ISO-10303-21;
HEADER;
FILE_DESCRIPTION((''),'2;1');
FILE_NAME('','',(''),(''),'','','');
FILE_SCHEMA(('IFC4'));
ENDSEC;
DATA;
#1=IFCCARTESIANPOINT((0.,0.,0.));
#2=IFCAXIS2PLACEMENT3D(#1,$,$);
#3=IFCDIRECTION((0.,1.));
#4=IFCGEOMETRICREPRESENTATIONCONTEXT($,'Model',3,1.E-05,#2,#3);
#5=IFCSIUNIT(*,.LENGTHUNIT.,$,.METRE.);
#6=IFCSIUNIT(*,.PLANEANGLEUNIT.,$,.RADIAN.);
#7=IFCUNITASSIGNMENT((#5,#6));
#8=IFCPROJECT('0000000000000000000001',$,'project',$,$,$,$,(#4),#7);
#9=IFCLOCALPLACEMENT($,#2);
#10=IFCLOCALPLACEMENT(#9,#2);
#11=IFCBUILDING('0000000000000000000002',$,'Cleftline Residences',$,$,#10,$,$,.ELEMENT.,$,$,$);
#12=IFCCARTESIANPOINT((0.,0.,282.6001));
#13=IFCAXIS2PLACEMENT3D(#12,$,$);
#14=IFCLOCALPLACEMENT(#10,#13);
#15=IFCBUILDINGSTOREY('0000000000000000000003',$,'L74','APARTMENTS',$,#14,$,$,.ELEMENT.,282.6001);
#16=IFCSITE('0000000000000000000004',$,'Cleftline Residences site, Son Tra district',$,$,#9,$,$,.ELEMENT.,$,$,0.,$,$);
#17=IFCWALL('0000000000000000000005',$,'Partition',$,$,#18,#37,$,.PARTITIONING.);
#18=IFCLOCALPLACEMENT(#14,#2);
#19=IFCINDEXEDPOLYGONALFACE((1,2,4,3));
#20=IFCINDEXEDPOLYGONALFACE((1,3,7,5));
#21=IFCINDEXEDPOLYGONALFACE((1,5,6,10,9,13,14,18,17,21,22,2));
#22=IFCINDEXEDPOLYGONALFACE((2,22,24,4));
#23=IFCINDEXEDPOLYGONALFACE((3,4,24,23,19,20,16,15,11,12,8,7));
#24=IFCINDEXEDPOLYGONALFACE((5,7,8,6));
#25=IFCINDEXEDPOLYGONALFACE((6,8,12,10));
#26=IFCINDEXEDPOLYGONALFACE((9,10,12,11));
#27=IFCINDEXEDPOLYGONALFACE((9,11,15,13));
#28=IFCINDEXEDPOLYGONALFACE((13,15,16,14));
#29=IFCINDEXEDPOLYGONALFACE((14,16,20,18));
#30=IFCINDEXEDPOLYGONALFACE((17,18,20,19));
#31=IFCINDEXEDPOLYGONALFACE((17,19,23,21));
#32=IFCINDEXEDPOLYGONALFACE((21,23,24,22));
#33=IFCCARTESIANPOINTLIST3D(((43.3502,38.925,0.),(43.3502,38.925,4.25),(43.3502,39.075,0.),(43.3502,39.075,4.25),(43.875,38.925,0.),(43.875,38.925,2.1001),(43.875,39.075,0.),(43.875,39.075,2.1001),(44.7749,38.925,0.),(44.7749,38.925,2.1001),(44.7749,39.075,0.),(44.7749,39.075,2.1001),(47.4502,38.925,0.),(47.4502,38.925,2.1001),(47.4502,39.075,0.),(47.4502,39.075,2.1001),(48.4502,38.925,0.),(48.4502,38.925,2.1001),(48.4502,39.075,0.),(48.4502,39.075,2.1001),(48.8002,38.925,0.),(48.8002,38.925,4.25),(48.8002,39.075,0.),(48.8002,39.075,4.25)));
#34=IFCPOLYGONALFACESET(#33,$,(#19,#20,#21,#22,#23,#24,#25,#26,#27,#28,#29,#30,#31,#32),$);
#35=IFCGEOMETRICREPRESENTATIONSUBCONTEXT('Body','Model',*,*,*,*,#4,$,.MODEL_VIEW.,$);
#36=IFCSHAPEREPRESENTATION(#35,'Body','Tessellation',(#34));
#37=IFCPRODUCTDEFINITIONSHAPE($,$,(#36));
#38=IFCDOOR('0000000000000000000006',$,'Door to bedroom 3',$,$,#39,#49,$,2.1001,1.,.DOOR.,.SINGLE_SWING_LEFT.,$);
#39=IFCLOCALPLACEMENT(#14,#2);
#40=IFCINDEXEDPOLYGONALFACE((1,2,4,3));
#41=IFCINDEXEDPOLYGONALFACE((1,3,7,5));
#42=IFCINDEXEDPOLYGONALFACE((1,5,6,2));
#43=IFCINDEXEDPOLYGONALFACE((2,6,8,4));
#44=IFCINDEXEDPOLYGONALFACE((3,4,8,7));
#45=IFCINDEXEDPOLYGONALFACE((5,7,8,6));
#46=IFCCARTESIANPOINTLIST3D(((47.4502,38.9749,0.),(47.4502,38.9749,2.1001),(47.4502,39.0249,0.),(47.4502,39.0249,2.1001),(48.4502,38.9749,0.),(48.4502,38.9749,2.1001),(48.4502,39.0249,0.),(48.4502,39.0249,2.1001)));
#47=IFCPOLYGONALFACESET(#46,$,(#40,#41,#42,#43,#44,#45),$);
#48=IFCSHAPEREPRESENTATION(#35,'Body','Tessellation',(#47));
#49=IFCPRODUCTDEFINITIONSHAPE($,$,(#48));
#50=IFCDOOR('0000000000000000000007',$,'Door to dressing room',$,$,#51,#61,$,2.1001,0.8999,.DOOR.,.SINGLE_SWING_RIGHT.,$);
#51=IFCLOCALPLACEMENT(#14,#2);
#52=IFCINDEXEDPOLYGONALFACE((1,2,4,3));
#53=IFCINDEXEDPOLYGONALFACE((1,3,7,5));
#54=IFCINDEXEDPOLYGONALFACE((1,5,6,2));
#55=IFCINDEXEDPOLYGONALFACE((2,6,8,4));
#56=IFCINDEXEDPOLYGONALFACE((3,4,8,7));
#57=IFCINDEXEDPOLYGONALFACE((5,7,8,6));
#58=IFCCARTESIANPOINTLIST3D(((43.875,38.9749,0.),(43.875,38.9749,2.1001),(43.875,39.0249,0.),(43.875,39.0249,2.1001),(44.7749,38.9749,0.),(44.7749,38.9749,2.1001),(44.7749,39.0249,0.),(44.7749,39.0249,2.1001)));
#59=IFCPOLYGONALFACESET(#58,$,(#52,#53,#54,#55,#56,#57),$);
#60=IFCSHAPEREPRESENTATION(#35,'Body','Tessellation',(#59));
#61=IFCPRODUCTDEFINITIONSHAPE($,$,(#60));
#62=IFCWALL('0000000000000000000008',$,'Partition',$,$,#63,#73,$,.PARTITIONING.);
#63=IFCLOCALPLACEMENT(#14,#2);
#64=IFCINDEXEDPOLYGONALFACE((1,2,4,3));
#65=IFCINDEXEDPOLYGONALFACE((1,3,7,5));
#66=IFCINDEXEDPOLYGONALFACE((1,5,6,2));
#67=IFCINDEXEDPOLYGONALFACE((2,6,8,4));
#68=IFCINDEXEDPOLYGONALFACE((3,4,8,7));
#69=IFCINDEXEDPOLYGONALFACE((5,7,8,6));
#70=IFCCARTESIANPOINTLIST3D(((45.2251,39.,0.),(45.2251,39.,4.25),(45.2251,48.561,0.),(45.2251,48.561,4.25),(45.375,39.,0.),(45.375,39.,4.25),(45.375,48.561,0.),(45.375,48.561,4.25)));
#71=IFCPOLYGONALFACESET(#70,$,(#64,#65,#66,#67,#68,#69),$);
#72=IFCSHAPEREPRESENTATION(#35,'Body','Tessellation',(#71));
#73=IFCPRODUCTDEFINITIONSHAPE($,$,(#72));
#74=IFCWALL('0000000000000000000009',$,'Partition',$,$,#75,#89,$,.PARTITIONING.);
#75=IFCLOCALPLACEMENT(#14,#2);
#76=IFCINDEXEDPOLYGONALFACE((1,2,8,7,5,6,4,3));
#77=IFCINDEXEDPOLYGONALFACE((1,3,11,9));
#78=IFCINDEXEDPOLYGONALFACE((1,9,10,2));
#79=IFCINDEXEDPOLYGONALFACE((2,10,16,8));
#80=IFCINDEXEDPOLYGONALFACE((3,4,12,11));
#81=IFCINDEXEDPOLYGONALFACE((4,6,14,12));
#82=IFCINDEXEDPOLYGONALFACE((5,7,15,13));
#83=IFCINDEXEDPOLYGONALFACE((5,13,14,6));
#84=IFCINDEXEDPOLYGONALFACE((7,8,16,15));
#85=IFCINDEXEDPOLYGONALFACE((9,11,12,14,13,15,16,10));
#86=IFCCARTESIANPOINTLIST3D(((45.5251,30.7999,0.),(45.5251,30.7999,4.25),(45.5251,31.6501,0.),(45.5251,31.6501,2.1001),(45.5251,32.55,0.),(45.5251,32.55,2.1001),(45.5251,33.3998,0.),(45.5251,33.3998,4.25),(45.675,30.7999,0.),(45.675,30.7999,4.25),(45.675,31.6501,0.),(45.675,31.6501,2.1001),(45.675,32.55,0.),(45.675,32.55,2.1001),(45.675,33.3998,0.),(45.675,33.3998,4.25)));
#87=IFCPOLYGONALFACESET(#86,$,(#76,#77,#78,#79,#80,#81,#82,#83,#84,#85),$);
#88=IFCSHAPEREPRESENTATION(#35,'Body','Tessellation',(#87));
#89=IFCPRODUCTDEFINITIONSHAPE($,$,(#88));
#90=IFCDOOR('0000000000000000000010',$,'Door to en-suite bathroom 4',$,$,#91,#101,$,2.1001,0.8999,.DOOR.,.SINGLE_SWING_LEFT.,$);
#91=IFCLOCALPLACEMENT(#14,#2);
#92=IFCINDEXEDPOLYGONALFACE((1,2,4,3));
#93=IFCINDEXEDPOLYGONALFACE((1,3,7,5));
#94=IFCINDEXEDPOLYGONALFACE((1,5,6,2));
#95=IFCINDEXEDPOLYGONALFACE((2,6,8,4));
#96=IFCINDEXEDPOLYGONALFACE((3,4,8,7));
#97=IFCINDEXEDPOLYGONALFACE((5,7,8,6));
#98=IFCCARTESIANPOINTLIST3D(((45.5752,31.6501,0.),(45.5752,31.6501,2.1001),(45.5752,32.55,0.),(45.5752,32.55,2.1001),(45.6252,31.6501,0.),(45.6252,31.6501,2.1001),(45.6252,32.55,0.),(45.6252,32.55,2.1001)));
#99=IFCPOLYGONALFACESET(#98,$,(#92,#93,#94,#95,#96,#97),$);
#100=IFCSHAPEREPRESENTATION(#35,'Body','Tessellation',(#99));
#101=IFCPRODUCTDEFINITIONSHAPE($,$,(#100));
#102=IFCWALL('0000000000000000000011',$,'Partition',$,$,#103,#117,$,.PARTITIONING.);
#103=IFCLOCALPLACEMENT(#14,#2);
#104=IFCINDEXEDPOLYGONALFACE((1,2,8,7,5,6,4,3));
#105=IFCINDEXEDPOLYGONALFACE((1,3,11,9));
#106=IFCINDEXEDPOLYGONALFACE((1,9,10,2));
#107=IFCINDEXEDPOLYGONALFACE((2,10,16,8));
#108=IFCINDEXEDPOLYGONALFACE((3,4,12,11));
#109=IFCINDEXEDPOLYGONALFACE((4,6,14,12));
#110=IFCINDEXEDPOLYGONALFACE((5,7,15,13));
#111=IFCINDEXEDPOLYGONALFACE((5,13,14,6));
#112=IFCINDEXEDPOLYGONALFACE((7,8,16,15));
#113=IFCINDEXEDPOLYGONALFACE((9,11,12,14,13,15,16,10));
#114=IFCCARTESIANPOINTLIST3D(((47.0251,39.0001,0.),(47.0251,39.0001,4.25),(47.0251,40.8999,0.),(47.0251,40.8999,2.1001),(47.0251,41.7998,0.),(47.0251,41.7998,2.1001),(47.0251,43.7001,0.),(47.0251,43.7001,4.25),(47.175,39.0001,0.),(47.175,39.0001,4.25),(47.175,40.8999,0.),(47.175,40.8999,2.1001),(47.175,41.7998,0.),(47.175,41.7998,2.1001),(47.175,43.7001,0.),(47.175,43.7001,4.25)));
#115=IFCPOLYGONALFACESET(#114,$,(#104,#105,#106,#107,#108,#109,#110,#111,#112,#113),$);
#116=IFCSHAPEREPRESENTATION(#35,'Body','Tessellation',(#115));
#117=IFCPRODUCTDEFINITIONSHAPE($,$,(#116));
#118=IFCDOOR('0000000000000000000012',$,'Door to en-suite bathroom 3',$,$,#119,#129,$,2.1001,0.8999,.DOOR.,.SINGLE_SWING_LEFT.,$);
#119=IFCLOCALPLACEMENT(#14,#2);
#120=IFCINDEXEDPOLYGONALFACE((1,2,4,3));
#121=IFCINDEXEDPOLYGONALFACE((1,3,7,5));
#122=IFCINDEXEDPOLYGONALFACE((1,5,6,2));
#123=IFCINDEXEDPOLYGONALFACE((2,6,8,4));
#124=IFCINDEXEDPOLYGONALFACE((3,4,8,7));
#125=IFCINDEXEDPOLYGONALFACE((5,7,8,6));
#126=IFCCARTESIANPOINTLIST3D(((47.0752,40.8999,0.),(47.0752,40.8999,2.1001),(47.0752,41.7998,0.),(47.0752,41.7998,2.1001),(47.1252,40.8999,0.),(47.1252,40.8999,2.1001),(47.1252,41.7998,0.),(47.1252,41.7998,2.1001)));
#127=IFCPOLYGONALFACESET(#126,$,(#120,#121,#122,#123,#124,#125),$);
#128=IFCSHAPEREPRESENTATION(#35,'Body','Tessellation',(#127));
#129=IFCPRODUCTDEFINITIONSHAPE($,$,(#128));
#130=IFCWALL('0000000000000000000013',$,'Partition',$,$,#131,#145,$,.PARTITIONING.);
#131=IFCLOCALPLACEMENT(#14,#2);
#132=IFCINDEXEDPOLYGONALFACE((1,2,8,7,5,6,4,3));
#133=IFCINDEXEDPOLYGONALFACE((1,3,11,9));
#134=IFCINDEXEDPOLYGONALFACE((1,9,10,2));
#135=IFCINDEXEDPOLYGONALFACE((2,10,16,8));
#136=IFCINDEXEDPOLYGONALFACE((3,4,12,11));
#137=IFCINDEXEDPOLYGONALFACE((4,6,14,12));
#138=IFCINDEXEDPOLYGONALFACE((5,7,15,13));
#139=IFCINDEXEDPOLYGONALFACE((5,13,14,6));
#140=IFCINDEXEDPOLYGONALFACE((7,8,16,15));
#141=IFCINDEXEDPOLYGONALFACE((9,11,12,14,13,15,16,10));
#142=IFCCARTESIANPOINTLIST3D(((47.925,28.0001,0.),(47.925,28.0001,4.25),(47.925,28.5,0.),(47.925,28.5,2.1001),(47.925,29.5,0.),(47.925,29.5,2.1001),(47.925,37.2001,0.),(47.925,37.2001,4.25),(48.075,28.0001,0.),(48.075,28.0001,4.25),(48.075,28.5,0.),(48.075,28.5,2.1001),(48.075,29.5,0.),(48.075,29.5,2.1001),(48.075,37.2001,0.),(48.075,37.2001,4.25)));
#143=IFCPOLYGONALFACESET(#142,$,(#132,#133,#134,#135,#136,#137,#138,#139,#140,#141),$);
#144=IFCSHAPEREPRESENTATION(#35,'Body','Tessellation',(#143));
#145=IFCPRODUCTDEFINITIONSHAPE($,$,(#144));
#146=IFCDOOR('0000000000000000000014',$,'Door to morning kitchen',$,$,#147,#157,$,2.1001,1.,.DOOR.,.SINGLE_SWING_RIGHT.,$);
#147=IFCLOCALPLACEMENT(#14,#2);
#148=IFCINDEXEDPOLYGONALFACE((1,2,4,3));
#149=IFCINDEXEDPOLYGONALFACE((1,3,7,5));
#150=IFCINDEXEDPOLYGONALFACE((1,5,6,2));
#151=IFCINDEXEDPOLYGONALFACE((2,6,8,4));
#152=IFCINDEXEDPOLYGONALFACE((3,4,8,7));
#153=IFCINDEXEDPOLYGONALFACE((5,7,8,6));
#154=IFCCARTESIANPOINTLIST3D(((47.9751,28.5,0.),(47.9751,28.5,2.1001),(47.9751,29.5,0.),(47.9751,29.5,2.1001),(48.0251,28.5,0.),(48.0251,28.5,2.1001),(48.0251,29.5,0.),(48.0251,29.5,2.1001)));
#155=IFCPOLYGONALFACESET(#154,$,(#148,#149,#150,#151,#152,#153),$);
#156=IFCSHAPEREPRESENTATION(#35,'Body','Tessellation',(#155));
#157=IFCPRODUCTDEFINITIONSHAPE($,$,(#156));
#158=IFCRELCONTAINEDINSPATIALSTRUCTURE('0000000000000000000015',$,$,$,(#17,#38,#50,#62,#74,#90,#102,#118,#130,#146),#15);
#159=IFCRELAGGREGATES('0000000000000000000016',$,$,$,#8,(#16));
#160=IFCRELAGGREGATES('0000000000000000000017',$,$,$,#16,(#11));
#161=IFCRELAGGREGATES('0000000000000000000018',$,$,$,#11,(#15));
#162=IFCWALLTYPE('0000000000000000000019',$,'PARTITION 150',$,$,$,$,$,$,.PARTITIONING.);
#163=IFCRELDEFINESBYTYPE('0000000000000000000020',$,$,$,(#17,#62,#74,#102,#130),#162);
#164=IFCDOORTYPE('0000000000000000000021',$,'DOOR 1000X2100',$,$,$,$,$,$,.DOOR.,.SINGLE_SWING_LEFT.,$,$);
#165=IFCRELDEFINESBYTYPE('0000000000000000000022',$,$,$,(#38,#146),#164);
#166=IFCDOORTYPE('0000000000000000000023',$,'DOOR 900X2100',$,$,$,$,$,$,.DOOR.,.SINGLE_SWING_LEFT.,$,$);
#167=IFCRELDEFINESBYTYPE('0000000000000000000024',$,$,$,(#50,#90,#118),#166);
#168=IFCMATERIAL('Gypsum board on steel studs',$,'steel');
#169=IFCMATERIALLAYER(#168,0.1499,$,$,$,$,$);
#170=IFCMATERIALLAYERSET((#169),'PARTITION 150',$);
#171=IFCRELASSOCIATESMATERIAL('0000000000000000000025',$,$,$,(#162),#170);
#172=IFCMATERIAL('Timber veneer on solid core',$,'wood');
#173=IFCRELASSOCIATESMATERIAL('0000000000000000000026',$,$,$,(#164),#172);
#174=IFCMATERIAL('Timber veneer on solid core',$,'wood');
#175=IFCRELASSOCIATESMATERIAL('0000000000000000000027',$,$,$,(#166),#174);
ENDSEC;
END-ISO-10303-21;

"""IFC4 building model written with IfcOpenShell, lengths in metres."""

from ifc_helpers import new_model, si_unit, direction, frame, frame_2d, origin, place, context, subcontext, project, spatial, rectangle, extrude, material, layer, layer_set, type_object, element, fill, save


model = new_model("IFC4")

# Units and contexts
model_context = context("Model", 3, precision=1e-05, world=origin(), true_north=direction((0.0, 1.0)))
body_context = subcontext(model_context, "Body", "Model", "MODEL_VIEW")
ifc_project = project(units=[si_unit("LENGTHUNIT", "METRE"), si_unit("PLANEANGLEUNIT", "RADIAN")], contexts=[model_context])

# Site, building, storey
site_placement = place(None, origin())
site = spatial("IfcSite", under=ifc_project, at=site_placement, Name="Cleftline Residences site, Son Tra district", CompositionType="ELEMENT", RefElevation=0.0)
building_placement = place(site_placement, origin())
building = spatial("IfcBuilding", under=site, at=building_placement, Name="Cleftline Residences", CompositionType="ELEMENT")
storey_placement = place(building_placement, frame((0.0, 0.0, 282.6001)))
storey = spatial("IfcBuildingStorey", under=building, at=storey_placement, Name="L74", Description="APARTMENTS", CompositionType="ELEMENT", Elevation=282.6001)

# Shared definitions
ifc_material_1 = material(Name="Gypsum board on steel studs", Category="steel")
ifc_layer_1 = layer(ifc_material_1, 0.1499)
ifc_layer_set_1 = layer_set([ifc_layer_1], Name="PARTITION 150")
wall_type_1 = type_object("IfcWallType", Name="PARTITION 150", PredefinedType="PARTITIONING", material=ifc_layer_set_1)

# Wall, openings, doors
ifc_material_2 = material(Name="Timber veneer on solid core", Category="wood")
door_type_1 = type_object("IfcDoorType", Name="DOOR 1000X2100", OperationType="SINGLE_SWING_LEFT", PredefinedType="DOOR", material=ifc_material_2)
ifc_material_3 = material(Name="Timber veneer on solid core", Category="wood")
door_type_2 = type_object("IfcDoorType", Name="DOOR 900X2100", OperationType="SINGLE_SWING_LEFT", PredefinedType="DOOR", material=ifc_material_3)
wall_1_placement = place(storey_placement, frame((43.3501, 39.0, 0.0), z_axis=(0.0, 0.0, 1.0), x_axis=(1.0, 0.0, 0.0)))
wall_1 = element("IfcWall", 1, at=wall_1_placement, inside=storey, type_object=wall_type_1, Name="Partition", PredefinedType="PARTITIONING", context=body_context, shape_type="SweptSolid", body=[
    extrude(rectangle(XDim=5.45, YDim=0.1499, at=frame_2d((2.7251, 0.0))), origin(), (0.0, 0.0, 1.0), 4.25),
])
opening_1_placement = place(wall_1_placement, frame((4.1001, 0.0, 0.0)))
opening_1 = element("IfcOpeningElement", 2, at=opening_1_placement, cuts=wall_1, PredefinedType="OPENING", context=body_context, shape_type="SweptSolid", body=[
    extrude(rectangle(XDim=1.0, YDim=2.1001, at=frame_2d((0.5, 1.05))), frame((0.0, 0.085, 0.0), z_axis=(0.0, -1.0, 0.0), x_axis=(1.0, 0.0, 0.0)), (0.0, 0.0, 1.0), 0.1699),
])
opening_2_placement = place(wall_1_placement, frame((0.5249, 0.0, 0.0)))
opening_2 = element("IfcOpeningElement", 3, at=opening_2_placement, cuts=wall_1, PredefinedType="OPENING", context=body_context, shape_type="SweptSolid", body=[
    extrude(rectangle(XDim=0.8999, YDim=2.1001, at=frame_2d((0.45, 1.05))), frame((0.0, 0.085, 0.0), z_axis=(0.0, -1.0, 0.0), x_axis=(1.0, 0.0, 0.0)), (0.0, 0.0, 1.0), 0.1699),
])
door_1_placement = place(opening_1_placement, origin())
door_1 = element("IfcDoor", 4, at=door_1_placement, inside=storey, type_object=door_type_1, Name="Door to bedroom 3", OperationType="SINGLE_SWING_LEFT", OverallHeight=2.1001, OverallWidth=1.0, PredefinedType="DOOR", context=body_context, shape_type="SweptSolid", body=[
    extrude(rectangle(XDim=1.0, YDim=2.1001, at=frame_2d((0.5, 1.05))), frame((0.0, 0.0249, 0.0), z_axis=(0.0, -1.0, 0.0), x_axis=(1.0, 0.0, 0.0)), (0.0, 0.0, 1.0), 0.05),
])
fill(opening_1, door_1)
door_2_placement = place(opening_2_placement, origin())
door_2 = element("IfcDoor", 5, at=door_2_placement, inside=storey, type_object=door_type_2, Name="Door to dressing room", OperationType="SINGLE_SWING_RIGHT", OverallHeight=2.1001, OverallWidth=0.8999, PredefinedType="DOOR", context=body_context, shape_type="SweptSolid", body=[
    extrude(rectangle(XDim=0.8999, YDim=2.1001, at=frame_2d((0.45, 1.05))), frame((0.0, 0.0249, 0.0), z_axis=(0.0, -1.0, 0.0), x_axis=(1.0, 0.0, 0.0)), (0.0, 0.0, 1.0), 0.05),
])
fill(opening_2, door_2)

# Wall
wall_2_placement = place(storey_placement, frame((45.3, 39.0, 0.0), z_axis=(0.0, 0.0, 1.0), x_axis=(0.0, 1.0, 0.0)))
element("IfcWall", 6, at=wall_2_placement, inside=storey, type_object=wall_type_1, Name="Partition", PredefinedType="PARTITIONING", context=body_context, shape_type="SweptSolid", body=[
    extrude(rectangle(XDim=9.561, YDim=0.1499, at=frame_2d((4.7805, 0.0))), origin(), (0.0, 0.0, 1.0), 4.25),
])

# Walls, openings, doors
wall_3_placement = place(storey_placement, frame((45.6001, 30.8, 0.0), z_axis=(0.0, 0.0, 1.0), x_axis=(0.0, 1.0, 0.0)))
wall_3 = element("IfcWall", 7, at=wall_3_placement, inside=storey, type_object=wall_type_1, Name="Partition", PredefinedType="PARTITIONING", context=body_context, shape_type="SweptSolid", body=[
    extrude(rectangle(XDim=2.5999, YDim=0.1499, at=frame_2d((1.2998, 0.0))), origin(), (0.0, 0.0, 1.0), 4.25),
])
opening_3_placement = place(wall_3_placement, frame((0.8501, 0.0, 0.0)))
opening_3 = element("IfcOpeningElement", 8, at=opening_3_placement, cuts=wall_3, PredefinedType="OPENING", context=body_context, shape_type="SweptSolid", body=[
    extrude(rectangle(XDim=0.8999, YDim=2.1001, at=frame_2d((0.45, 1.05))), frame((0.0, 0.085, 0.0), z_axis=(0.0, -1.0, 0.0), x_axis=(1.0, 0.0, 0.0)), (0.0, 0.0, 1.0), 0.1699),
])
door_3_placement = place(opening_3_placement, origin())
door_3 = element("IfcDoor", 9, at=door_3_placement, inside=storey, type_object=door_type_2, Name="Door to en-suite bathroom 4", OperationType="SINGLE_SWING_LEFT", OverallHeight=2.1001, OverallWidth=0.8999, PredefinedType="DOOR", context=body_context, shape_type="SweptSolid", body=[
    extrude(rectangle(XDim=0.8999, YDim=2.1001, at=frame_2d((0.45, 1.05))), frame((0.0, 0.0249, 0.0), z_axis=(0.0, -1.0, 0.0), x_axis=(1.0, 0.0, 0.0)), (0.0, 0.0, 1.0), 0.05),
])
fill(opening_3, door_3)
wall_4_placement = place(storey_placement, frame((47.1001, 39.0, 0.0), z_axis=(0.0, 0.0, 1.0), x_axis=(0.0, 1.0, 0.0)))
wall_4 = element("IfcWall", 10, at=wall_4_placement, inside=storey, type_object=wall_type_1, Name="Partition", PredefinedType="PARTITIONING", context=body_context, shape_type="SweptSolid", body=[
    extrude(rectangle(XDim=4.7, YDim=0.1499, at=frame_2d((2.3501, 0.0))), origin(), (0.0, 0.0, 1.0), 4.25),
])
opening_4_placement = place(wall_4_placement, frame((1.8999, 0.0, 0.0)))
opening_4 = element("IfcOpeningElement", 11, at=opening_4_placement, cuts=wall_4, PredefinedType="OPENING", context=body_context, shape_type="SweptSolid", body=[
    extrude(rectangle(XDim=0.8999, YDim=2.1001, at=frame_2d((0.45, 1.05))), frame((0.0, 0.085, 0.0), z_axis=(0.0, -1.0, 0.0), x_axis=(1.0, 0.0, 0.0)), (0.0, 0.0, 1.0), 0.1699),
])
door_4_placement = place(opening_4_placement, origin())
door_4 = element("IfcDoor", 12, at=door_4_placement, inside=storey, type_object=door_type_2, Name="Door to en-suite bathroom 3", OperationType="SINGLE_SWING_LEFT", OverallHeight=2.1001, OverallWidth=0.8999, PredefinedType="DOOR", context=body_context, shape_type="SweptSolid", body=[
    extrude(rectangle(XDim=0.8999, YDim=2.1001, at=frame_2d((0.45, 1.05))), frame((0.0, 0.0249, 0.0), z_axis=(0.0, -1.0, 0.0), x_axis=(1.0, 0.0, 0.0)), (0.0, 0.0, 1.0), 0.05),
])
fill(opening_4, door_4)
wall_5_placement = place(storey_placement, frame((48.0, 28.0, 0.0), z_axis=(0.0, 0.0, 1.0), x_axis=(0.0, 1.0, 0.0)))
wall_5 = element("IfcWall", 13, at=wall_5_placement, inside=storey, type_object=wall_type_1, Name="Partition", PredefinedType="PARTITIONING", context=body_context, shape_type="SweptSolid", body=[
    extrude(rectangle(XDim=9.2, YDim=0.1499, at=frame_2d((4.6001, 0.0))), origin(), (0.0, 0.0, 1.0), 4.25),
])
opening_5_placement = place(wall_5_placement, frame((0.5, 0.0, 0.0)))
opening_5 = element("IfcOpeningElement", 14, at=opening_5_placement, cuts=wall_5, PredefinedType="OPENING", context=body_context, shape_type="SweptSolid", body=[
    extrude(rectangle(XDim=1.0, YDim=2.1001, at=frame_2d((0.5, 1.05))), frame((0.0, 0.085, 0.0), z_axis=(0.0, -1.0, 0.0), x_axis=(1.0, 0.0, 0.0)), (0.0, 0.0, 1.0), 0.1699),
])
door_5_placement = place(opening_5_placement, origin())
door_5 = element("IfcDoor", 15, at=door_5_placement, inside=storey, type_object=door_type_1, Name="Door to morning kitchen", OperationType="SINGLE_SWING_RIGHT", OverallHeight=2.1001, OverallWidth=1.0, PredefinedType="DOOR", context=body_context, shape_type="SweptSolid", body=[
    extrude(rectangle(XDim=1.0, YDim=2.1001, at=frame_2d((0.5, 1.05))), frame((0.0, 0.0249, 0.0), z_axis=(0.0, -1.0, 0.0), x_axis=(1.0, 0.0, 0.0)), (0.0, 0.0, 1.0), 0.05),
])
fill(opening_5, door_5)

save(model, "model.ifc")
